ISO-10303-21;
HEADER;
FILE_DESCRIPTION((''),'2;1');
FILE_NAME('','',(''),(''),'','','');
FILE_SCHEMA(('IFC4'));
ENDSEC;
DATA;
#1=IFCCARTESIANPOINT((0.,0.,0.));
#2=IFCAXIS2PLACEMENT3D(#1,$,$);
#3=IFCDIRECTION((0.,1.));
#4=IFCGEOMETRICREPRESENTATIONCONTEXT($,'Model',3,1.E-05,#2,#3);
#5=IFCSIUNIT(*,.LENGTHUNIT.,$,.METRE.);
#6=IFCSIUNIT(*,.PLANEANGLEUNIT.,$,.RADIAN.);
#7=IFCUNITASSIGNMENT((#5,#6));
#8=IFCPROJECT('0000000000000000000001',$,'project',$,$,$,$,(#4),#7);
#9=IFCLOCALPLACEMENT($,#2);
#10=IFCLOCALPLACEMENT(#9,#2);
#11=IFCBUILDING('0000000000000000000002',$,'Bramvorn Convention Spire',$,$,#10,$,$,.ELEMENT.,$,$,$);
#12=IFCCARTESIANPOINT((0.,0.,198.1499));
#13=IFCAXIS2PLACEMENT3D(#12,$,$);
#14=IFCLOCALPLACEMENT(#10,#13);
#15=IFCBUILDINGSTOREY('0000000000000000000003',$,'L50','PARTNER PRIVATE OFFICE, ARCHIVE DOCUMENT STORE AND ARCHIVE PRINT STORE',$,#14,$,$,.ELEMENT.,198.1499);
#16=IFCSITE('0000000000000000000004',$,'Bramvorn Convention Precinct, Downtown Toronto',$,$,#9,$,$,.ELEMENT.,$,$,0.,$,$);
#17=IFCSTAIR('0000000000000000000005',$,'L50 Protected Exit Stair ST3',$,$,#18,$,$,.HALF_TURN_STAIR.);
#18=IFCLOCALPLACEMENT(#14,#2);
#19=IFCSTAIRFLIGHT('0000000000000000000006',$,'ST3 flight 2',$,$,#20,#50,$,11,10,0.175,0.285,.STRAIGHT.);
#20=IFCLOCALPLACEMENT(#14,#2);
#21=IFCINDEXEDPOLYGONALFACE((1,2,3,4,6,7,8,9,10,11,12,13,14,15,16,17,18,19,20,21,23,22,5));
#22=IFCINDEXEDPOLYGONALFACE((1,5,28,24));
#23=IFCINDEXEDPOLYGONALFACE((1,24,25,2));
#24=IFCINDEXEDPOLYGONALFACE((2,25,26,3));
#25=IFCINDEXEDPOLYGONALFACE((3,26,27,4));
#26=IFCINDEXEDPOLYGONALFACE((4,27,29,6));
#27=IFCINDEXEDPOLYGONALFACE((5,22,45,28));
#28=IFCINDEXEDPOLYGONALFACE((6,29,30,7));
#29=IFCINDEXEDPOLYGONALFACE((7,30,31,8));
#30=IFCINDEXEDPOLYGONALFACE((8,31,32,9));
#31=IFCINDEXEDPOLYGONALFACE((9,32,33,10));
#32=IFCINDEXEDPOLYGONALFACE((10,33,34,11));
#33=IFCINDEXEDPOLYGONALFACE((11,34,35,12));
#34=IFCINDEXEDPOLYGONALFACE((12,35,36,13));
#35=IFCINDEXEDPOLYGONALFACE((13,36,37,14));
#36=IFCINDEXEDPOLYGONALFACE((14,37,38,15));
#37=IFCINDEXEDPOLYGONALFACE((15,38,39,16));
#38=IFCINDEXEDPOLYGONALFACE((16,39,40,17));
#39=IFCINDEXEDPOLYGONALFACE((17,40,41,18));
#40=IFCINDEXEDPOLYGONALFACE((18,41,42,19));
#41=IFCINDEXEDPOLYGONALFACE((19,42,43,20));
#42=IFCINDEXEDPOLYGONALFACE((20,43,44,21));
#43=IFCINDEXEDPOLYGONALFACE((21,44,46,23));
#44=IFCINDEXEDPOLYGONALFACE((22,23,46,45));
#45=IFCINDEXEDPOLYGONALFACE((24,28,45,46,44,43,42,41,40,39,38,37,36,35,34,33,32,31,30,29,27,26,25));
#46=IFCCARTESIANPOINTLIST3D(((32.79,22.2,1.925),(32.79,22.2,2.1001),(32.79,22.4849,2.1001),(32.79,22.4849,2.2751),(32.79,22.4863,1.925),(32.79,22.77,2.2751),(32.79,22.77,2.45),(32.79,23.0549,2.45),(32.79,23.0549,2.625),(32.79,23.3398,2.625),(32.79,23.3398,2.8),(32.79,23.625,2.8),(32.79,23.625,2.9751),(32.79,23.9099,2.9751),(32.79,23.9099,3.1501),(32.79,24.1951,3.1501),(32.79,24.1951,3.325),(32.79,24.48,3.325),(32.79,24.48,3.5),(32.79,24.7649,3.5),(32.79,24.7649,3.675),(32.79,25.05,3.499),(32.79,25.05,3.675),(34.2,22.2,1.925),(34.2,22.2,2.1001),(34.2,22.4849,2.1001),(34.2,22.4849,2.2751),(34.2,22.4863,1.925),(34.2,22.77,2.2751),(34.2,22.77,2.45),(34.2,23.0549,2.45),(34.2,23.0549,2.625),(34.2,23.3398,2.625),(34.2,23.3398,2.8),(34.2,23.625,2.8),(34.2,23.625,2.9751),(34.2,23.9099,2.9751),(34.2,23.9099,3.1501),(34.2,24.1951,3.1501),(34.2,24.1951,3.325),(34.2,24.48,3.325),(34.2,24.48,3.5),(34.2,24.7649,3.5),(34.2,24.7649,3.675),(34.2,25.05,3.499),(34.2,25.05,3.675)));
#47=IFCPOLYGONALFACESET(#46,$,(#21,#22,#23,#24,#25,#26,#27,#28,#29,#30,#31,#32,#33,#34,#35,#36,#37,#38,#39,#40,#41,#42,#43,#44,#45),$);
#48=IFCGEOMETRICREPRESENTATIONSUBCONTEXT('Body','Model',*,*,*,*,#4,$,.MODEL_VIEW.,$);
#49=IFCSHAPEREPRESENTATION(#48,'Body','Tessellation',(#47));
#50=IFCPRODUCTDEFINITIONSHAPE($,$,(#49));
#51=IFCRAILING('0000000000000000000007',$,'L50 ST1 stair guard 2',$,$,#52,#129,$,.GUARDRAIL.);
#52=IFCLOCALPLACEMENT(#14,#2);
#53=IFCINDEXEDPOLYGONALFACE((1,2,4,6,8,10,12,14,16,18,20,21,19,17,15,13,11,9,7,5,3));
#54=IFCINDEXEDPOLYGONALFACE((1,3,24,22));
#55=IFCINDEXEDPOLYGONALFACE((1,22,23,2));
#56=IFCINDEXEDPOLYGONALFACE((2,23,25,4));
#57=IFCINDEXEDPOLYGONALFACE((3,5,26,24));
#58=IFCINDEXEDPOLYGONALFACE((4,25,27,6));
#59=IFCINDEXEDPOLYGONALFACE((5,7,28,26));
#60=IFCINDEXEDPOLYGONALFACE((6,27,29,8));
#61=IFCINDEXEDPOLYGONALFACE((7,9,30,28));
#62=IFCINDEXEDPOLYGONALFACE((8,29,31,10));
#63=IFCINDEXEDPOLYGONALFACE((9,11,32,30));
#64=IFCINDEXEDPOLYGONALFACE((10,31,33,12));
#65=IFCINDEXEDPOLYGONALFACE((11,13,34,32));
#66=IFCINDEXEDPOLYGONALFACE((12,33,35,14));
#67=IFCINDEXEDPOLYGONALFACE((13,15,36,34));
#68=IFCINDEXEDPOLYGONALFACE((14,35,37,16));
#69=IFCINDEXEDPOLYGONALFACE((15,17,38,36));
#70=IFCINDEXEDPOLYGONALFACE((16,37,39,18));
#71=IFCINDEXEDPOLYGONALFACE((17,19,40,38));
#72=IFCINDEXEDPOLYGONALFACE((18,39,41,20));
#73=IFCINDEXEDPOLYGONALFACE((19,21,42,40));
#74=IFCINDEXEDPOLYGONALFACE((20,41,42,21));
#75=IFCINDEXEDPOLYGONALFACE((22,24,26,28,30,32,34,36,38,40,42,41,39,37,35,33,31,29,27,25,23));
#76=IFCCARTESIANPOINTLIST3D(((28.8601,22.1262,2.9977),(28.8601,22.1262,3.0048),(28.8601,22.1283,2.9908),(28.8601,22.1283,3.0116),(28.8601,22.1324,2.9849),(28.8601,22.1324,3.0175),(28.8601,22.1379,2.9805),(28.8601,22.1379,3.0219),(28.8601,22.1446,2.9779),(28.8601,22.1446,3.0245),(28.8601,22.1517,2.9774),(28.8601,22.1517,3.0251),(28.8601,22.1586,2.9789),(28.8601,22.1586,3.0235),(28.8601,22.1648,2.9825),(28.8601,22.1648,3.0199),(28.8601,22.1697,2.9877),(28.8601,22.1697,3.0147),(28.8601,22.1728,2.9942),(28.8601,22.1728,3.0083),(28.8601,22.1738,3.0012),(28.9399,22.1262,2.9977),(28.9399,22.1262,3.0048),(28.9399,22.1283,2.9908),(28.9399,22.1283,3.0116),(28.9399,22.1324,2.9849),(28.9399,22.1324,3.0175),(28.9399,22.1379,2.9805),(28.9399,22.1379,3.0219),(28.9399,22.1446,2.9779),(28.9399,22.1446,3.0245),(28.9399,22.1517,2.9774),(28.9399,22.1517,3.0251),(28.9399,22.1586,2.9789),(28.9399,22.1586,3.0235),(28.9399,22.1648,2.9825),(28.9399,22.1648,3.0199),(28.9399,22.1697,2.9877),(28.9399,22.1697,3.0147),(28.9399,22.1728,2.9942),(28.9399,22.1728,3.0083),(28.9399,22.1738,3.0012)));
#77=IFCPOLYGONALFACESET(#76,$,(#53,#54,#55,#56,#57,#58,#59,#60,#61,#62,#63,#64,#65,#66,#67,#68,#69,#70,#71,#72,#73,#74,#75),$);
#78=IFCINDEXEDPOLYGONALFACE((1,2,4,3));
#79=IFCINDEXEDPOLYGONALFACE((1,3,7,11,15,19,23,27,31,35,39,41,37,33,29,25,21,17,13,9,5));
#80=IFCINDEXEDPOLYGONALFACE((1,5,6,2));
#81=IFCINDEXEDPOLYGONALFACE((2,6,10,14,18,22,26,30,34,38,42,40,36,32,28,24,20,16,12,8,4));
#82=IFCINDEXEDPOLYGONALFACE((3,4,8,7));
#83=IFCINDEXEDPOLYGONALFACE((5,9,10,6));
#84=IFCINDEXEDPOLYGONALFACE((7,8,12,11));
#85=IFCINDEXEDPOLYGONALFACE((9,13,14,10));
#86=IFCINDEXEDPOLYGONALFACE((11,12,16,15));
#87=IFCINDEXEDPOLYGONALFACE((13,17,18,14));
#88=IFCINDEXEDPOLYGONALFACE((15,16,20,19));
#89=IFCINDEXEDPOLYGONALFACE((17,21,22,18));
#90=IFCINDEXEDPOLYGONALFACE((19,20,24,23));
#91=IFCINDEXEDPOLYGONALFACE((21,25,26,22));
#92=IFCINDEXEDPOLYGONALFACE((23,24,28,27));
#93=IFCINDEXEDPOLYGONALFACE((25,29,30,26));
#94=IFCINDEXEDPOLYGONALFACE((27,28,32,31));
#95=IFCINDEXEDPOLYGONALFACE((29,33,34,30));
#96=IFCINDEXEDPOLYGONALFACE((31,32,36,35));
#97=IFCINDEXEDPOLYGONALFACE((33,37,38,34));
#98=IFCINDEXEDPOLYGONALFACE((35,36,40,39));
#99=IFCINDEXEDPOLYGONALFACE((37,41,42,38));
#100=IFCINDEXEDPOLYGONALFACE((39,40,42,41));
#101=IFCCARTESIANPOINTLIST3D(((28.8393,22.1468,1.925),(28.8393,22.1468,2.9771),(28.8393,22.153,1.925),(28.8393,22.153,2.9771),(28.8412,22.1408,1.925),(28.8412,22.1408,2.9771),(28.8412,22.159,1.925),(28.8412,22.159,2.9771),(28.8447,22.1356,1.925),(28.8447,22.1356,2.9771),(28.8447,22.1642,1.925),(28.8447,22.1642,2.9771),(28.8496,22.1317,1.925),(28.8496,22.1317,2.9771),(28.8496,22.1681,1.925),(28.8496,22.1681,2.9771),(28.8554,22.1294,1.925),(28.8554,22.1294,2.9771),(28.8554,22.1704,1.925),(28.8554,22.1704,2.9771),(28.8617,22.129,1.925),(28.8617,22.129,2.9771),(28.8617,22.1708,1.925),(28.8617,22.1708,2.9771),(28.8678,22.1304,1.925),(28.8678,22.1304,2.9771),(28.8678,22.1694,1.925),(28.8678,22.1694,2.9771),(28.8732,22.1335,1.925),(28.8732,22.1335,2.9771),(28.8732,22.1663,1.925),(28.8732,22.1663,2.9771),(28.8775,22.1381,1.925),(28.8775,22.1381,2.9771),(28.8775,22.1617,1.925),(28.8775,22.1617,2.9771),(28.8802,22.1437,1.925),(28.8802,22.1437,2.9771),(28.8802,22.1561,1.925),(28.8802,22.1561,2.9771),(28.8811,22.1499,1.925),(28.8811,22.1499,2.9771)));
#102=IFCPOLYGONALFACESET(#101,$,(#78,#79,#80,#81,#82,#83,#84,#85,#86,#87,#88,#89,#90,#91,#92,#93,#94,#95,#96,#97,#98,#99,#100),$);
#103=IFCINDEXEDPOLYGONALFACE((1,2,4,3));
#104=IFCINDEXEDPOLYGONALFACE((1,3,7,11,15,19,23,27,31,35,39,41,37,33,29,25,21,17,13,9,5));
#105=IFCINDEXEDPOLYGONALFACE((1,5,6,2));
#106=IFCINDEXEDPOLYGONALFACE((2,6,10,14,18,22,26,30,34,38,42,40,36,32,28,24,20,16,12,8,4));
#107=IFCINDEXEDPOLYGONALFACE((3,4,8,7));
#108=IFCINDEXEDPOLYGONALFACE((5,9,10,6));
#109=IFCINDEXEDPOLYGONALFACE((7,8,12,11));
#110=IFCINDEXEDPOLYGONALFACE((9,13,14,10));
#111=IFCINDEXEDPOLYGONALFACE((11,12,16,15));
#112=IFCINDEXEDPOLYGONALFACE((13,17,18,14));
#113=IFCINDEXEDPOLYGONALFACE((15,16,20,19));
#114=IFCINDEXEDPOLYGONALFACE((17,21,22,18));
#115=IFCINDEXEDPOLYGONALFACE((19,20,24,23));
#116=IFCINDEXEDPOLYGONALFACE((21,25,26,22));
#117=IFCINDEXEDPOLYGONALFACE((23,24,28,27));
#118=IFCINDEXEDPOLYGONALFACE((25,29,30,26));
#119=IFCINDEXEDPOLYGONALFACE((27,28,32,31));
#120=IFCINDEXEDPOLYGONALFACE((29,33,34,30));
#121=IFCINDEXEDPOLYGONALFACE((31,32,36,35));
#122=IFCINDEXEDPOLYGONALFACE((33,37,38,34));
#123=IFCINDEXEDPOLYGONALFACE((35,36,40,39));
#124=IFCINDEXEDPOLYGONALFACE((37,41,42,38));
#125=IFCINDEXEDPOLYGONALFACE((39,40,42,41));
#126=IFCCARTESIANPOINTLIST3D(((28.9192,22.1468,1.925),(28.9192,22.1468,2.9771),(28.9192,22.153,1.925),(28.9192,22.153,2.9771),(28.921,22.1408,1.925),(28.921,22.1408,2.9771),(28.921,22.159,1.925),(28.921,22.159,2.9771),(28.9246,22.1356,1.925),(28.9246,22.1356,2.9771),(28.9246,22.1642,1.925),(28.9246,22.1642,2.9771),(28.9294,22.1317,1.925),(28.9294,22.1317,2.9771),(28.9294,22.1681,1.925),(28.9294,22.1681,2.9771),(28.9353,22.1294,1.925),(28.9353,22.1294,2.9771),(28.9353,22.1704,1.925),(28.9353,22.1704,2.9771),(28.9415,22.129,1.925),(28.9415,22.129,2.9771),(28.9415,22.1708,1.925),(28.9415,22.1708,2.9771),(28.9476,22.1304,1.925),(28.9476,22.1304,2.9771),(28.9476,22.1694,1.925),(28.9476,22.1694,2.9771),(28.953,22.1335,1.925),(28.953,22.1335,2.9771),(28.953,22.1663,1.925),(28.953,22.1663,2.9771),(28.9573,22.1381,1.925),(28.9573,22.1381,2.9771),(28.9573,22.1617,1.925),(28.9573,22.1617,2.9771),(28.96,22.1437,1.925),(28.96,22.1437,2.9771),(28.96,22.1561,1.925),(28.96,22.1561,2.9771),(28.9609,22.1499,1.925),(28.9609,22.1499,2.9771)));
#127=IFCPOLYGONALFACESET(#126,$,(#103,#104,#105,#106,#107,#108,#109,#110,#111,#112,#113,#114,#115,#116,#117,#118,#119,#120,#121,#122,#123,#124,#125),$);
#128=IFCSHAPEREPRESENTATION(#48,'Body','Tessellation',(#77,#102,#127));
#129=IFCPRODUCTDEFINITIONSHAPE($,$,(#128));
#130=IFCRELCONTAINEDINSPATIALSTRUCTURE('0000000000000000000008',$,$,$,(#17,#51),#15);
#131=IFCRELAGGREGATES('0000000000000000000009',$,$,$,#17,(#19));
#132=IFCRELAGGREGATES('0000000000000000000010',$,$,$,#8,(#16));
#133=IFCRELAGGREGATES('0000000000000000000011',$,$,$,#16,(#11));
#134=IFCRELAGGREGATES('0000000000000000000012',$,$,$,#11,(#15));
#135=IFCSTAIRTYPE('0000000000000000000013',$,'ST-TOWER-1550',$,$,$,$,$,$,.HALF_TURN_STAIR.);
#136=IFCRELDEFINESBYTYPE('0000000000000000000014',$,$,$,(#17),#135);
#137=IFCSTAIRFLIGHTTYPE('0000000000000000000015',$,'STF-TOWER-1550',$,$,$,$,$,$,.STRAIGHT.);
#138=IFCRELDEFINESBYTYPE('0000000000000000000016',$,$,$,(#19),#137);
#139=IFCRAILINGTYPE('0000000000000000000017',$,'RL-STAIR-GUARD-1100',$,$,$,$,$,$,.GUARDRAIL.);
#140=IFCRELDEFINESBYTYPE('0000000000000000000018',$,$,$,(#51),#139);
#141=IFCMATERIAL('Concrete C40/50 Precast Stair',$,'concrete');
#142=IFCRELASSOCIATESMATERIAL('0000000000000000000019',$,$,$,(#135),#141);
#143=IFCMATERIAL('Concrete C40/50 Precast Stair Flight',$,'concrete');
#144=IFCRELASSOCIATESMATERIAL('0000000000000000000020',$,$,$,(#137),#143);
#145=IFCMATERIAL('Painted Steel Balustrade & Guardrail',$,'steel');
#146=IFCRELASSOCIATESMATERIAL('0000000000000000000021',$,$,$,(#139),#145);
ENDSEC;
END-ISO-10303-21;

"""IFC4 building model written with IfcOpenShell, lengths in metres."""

from ifc_helpers import new_model, si_unit, direction, frame, origin, origin_2d, place, context, subcontext, project, spatial, polyline, circle, outline, extrude, material, type_object, element, aggregate, save


model = new_model("IFC4")

# Units and contexts
model_context = context("Model", 3, precision=1e-05, world=origin(), true_north=direction((0.0, 1.0)))
body_context = subcontext(model_context, "Body", "Model", "MODEL_VIEW")
ifc_project = project(units=[si_unit("LENGTHUNIT", "METRE"), si_unit("PLANEANGLEUNIT", "RADIAN")], contexts=[model_context])

# Site, building, storey
site_placement = place(None, origin())
site = spatial("IfcSite", under=ifc_project, at=site_placement, Name="Bramvorn Convention Precinct, Downtown Toronto", CompositionType="ELEMENT", RefElevation=0.0)
building_placement = place(site_placement, origin())
building = spatial("IfcBuilding", under=site, at=building_placement, Name="Bramvorn Convention Spire", CompositionType="ELEMENT")
storey_placement = place(building_placement, frame((0.0, 0.0, 198.1499)))
storey = spatial("IfcBuildingStorey", under=building, at=storey_placement, Name="L50", Description="PARTNER PRIVATE OFFICE, ARCHIVE DOCUMENT STORE AND ARCHIVE PRINT STORE", CompositionType="ELEMENT", Elevation=198.1499)

# Stair, stair flight
ifc_material_1 = material(Name="Concrete C40/50 Precast Stair", Category="concrete")
stair_type = type_object("IfcStairType", Name="ST-TOWER-1550", PredefinedType="HALF_TURN_STAIR", material=ifc_material_1)
ifc_material_2 = material(Name="Concrete C40/50 Precast Stair Flight", Category="concrete")
stair_flight_type = type_object("IfcStairFlightType", Name="STF-TOWER-1550", PredefinedType="STRAIGHT", material=ifc_material_2)
stair_1_placement = place(storey_placement, origin())
stair_1 = element("IfcStair", 1, at=stair_1_placement, inside=storey, type_object=stair_type, Name="L50 Protected Exit Stair ST3", PredefinedType="HALF_TURN_STAIR")
stair_flight_1_placement = place(storey_placement, frame((33.4951, 22.2, 1.925), z_axis=(0.0, 0.0, 1.0), x_axis=(0.0, 1.0, 0.0)))
stair_flight_1 = element("IfcStairFlight", 2, at=stair_flight_1_placement, type_object=stair_flight_type, Name="ST3 flight 2", NumberOfRisers=11, NumberOfTreads=10, PredefinedType="STRAIGHT", RiserHeight=0.175, TreadLength=0.285, context=body_context, shape_type="SweptSolid", body=[
    extrude(outline(polyline([(0.0, 0.0), (0.0, 0.175), (0.2849, 0.175), (0.2849, 0.3501), (0.5701, 0.3501), (0.5701, 0.5249), (0.855, 0.5249), (0.855, 0.7), (1.1399, 0.7), (1.1399, 0.875), (1.425, 0.875), (1.425, 1.05), (1.71, 1.05), (1.71, 1.2251), (1.9951, 1.2251), (1.9951, 1.3999), (2.28, 1.3999), (2.28, 1.575), (2.5649, 1.575), (2.5649, 1.75), (2.8501, 1.75), (2.8501, 1.925), (2.8501, 1.574), (0.2864, 0.0), (0.0, 0.0)])), frame((0.0, 0.7051, 0.0), z_axis=(0.0, -1.0, 0.0), x_axis=(1.0, 0.0, 0.0)), (0.0, 0.0, 1.0), 1.4099),
])
aggregate(stair_1, [stair_flight_1])

# Railing
ifc_material_3 = material(Name="Painted Steel Balustrade & Guardrail", Category="steel")
railing_type_1 = type_object("IfcRailingType", Name="RL-STAIR-GUARD-1100", PredefinedType="GUARDRAIL", material=ifc_material_3)
railing_1_placement = place(storey_placement, frame((28.8601, 22.1499, 1.925)))
element("IfcRailing", 3, at=railing_1_placement, inside=storey, type_object=railing_type_1, Name="L50 ST1 stair guard 2", PredefinedType="GUARDRAIL", context=body_context, shape_type="SweptSolid", body=[
    extrude(circle(Radius=0.0239, at=origin_2d()), frame((0.0, 0.0, 1.0762), z_axis=(1.0, 0.0, 0.0), x_axis=(0.0, 1.0, 0.0)), (0.0, 0.0, 1.0), 0.0798),
    extrude(circle(Radius=0.021, at=origin_2d()), origin(), (0.0, 0.0, 1.0), 1.052),
    extrude(circle(Radius=0.021, at=origin_2d()), frame((0.0798, 0.0, 0.0)), (0.0, 0.0, 1.0), 1.052),
])

save(model, "model.ifc")
